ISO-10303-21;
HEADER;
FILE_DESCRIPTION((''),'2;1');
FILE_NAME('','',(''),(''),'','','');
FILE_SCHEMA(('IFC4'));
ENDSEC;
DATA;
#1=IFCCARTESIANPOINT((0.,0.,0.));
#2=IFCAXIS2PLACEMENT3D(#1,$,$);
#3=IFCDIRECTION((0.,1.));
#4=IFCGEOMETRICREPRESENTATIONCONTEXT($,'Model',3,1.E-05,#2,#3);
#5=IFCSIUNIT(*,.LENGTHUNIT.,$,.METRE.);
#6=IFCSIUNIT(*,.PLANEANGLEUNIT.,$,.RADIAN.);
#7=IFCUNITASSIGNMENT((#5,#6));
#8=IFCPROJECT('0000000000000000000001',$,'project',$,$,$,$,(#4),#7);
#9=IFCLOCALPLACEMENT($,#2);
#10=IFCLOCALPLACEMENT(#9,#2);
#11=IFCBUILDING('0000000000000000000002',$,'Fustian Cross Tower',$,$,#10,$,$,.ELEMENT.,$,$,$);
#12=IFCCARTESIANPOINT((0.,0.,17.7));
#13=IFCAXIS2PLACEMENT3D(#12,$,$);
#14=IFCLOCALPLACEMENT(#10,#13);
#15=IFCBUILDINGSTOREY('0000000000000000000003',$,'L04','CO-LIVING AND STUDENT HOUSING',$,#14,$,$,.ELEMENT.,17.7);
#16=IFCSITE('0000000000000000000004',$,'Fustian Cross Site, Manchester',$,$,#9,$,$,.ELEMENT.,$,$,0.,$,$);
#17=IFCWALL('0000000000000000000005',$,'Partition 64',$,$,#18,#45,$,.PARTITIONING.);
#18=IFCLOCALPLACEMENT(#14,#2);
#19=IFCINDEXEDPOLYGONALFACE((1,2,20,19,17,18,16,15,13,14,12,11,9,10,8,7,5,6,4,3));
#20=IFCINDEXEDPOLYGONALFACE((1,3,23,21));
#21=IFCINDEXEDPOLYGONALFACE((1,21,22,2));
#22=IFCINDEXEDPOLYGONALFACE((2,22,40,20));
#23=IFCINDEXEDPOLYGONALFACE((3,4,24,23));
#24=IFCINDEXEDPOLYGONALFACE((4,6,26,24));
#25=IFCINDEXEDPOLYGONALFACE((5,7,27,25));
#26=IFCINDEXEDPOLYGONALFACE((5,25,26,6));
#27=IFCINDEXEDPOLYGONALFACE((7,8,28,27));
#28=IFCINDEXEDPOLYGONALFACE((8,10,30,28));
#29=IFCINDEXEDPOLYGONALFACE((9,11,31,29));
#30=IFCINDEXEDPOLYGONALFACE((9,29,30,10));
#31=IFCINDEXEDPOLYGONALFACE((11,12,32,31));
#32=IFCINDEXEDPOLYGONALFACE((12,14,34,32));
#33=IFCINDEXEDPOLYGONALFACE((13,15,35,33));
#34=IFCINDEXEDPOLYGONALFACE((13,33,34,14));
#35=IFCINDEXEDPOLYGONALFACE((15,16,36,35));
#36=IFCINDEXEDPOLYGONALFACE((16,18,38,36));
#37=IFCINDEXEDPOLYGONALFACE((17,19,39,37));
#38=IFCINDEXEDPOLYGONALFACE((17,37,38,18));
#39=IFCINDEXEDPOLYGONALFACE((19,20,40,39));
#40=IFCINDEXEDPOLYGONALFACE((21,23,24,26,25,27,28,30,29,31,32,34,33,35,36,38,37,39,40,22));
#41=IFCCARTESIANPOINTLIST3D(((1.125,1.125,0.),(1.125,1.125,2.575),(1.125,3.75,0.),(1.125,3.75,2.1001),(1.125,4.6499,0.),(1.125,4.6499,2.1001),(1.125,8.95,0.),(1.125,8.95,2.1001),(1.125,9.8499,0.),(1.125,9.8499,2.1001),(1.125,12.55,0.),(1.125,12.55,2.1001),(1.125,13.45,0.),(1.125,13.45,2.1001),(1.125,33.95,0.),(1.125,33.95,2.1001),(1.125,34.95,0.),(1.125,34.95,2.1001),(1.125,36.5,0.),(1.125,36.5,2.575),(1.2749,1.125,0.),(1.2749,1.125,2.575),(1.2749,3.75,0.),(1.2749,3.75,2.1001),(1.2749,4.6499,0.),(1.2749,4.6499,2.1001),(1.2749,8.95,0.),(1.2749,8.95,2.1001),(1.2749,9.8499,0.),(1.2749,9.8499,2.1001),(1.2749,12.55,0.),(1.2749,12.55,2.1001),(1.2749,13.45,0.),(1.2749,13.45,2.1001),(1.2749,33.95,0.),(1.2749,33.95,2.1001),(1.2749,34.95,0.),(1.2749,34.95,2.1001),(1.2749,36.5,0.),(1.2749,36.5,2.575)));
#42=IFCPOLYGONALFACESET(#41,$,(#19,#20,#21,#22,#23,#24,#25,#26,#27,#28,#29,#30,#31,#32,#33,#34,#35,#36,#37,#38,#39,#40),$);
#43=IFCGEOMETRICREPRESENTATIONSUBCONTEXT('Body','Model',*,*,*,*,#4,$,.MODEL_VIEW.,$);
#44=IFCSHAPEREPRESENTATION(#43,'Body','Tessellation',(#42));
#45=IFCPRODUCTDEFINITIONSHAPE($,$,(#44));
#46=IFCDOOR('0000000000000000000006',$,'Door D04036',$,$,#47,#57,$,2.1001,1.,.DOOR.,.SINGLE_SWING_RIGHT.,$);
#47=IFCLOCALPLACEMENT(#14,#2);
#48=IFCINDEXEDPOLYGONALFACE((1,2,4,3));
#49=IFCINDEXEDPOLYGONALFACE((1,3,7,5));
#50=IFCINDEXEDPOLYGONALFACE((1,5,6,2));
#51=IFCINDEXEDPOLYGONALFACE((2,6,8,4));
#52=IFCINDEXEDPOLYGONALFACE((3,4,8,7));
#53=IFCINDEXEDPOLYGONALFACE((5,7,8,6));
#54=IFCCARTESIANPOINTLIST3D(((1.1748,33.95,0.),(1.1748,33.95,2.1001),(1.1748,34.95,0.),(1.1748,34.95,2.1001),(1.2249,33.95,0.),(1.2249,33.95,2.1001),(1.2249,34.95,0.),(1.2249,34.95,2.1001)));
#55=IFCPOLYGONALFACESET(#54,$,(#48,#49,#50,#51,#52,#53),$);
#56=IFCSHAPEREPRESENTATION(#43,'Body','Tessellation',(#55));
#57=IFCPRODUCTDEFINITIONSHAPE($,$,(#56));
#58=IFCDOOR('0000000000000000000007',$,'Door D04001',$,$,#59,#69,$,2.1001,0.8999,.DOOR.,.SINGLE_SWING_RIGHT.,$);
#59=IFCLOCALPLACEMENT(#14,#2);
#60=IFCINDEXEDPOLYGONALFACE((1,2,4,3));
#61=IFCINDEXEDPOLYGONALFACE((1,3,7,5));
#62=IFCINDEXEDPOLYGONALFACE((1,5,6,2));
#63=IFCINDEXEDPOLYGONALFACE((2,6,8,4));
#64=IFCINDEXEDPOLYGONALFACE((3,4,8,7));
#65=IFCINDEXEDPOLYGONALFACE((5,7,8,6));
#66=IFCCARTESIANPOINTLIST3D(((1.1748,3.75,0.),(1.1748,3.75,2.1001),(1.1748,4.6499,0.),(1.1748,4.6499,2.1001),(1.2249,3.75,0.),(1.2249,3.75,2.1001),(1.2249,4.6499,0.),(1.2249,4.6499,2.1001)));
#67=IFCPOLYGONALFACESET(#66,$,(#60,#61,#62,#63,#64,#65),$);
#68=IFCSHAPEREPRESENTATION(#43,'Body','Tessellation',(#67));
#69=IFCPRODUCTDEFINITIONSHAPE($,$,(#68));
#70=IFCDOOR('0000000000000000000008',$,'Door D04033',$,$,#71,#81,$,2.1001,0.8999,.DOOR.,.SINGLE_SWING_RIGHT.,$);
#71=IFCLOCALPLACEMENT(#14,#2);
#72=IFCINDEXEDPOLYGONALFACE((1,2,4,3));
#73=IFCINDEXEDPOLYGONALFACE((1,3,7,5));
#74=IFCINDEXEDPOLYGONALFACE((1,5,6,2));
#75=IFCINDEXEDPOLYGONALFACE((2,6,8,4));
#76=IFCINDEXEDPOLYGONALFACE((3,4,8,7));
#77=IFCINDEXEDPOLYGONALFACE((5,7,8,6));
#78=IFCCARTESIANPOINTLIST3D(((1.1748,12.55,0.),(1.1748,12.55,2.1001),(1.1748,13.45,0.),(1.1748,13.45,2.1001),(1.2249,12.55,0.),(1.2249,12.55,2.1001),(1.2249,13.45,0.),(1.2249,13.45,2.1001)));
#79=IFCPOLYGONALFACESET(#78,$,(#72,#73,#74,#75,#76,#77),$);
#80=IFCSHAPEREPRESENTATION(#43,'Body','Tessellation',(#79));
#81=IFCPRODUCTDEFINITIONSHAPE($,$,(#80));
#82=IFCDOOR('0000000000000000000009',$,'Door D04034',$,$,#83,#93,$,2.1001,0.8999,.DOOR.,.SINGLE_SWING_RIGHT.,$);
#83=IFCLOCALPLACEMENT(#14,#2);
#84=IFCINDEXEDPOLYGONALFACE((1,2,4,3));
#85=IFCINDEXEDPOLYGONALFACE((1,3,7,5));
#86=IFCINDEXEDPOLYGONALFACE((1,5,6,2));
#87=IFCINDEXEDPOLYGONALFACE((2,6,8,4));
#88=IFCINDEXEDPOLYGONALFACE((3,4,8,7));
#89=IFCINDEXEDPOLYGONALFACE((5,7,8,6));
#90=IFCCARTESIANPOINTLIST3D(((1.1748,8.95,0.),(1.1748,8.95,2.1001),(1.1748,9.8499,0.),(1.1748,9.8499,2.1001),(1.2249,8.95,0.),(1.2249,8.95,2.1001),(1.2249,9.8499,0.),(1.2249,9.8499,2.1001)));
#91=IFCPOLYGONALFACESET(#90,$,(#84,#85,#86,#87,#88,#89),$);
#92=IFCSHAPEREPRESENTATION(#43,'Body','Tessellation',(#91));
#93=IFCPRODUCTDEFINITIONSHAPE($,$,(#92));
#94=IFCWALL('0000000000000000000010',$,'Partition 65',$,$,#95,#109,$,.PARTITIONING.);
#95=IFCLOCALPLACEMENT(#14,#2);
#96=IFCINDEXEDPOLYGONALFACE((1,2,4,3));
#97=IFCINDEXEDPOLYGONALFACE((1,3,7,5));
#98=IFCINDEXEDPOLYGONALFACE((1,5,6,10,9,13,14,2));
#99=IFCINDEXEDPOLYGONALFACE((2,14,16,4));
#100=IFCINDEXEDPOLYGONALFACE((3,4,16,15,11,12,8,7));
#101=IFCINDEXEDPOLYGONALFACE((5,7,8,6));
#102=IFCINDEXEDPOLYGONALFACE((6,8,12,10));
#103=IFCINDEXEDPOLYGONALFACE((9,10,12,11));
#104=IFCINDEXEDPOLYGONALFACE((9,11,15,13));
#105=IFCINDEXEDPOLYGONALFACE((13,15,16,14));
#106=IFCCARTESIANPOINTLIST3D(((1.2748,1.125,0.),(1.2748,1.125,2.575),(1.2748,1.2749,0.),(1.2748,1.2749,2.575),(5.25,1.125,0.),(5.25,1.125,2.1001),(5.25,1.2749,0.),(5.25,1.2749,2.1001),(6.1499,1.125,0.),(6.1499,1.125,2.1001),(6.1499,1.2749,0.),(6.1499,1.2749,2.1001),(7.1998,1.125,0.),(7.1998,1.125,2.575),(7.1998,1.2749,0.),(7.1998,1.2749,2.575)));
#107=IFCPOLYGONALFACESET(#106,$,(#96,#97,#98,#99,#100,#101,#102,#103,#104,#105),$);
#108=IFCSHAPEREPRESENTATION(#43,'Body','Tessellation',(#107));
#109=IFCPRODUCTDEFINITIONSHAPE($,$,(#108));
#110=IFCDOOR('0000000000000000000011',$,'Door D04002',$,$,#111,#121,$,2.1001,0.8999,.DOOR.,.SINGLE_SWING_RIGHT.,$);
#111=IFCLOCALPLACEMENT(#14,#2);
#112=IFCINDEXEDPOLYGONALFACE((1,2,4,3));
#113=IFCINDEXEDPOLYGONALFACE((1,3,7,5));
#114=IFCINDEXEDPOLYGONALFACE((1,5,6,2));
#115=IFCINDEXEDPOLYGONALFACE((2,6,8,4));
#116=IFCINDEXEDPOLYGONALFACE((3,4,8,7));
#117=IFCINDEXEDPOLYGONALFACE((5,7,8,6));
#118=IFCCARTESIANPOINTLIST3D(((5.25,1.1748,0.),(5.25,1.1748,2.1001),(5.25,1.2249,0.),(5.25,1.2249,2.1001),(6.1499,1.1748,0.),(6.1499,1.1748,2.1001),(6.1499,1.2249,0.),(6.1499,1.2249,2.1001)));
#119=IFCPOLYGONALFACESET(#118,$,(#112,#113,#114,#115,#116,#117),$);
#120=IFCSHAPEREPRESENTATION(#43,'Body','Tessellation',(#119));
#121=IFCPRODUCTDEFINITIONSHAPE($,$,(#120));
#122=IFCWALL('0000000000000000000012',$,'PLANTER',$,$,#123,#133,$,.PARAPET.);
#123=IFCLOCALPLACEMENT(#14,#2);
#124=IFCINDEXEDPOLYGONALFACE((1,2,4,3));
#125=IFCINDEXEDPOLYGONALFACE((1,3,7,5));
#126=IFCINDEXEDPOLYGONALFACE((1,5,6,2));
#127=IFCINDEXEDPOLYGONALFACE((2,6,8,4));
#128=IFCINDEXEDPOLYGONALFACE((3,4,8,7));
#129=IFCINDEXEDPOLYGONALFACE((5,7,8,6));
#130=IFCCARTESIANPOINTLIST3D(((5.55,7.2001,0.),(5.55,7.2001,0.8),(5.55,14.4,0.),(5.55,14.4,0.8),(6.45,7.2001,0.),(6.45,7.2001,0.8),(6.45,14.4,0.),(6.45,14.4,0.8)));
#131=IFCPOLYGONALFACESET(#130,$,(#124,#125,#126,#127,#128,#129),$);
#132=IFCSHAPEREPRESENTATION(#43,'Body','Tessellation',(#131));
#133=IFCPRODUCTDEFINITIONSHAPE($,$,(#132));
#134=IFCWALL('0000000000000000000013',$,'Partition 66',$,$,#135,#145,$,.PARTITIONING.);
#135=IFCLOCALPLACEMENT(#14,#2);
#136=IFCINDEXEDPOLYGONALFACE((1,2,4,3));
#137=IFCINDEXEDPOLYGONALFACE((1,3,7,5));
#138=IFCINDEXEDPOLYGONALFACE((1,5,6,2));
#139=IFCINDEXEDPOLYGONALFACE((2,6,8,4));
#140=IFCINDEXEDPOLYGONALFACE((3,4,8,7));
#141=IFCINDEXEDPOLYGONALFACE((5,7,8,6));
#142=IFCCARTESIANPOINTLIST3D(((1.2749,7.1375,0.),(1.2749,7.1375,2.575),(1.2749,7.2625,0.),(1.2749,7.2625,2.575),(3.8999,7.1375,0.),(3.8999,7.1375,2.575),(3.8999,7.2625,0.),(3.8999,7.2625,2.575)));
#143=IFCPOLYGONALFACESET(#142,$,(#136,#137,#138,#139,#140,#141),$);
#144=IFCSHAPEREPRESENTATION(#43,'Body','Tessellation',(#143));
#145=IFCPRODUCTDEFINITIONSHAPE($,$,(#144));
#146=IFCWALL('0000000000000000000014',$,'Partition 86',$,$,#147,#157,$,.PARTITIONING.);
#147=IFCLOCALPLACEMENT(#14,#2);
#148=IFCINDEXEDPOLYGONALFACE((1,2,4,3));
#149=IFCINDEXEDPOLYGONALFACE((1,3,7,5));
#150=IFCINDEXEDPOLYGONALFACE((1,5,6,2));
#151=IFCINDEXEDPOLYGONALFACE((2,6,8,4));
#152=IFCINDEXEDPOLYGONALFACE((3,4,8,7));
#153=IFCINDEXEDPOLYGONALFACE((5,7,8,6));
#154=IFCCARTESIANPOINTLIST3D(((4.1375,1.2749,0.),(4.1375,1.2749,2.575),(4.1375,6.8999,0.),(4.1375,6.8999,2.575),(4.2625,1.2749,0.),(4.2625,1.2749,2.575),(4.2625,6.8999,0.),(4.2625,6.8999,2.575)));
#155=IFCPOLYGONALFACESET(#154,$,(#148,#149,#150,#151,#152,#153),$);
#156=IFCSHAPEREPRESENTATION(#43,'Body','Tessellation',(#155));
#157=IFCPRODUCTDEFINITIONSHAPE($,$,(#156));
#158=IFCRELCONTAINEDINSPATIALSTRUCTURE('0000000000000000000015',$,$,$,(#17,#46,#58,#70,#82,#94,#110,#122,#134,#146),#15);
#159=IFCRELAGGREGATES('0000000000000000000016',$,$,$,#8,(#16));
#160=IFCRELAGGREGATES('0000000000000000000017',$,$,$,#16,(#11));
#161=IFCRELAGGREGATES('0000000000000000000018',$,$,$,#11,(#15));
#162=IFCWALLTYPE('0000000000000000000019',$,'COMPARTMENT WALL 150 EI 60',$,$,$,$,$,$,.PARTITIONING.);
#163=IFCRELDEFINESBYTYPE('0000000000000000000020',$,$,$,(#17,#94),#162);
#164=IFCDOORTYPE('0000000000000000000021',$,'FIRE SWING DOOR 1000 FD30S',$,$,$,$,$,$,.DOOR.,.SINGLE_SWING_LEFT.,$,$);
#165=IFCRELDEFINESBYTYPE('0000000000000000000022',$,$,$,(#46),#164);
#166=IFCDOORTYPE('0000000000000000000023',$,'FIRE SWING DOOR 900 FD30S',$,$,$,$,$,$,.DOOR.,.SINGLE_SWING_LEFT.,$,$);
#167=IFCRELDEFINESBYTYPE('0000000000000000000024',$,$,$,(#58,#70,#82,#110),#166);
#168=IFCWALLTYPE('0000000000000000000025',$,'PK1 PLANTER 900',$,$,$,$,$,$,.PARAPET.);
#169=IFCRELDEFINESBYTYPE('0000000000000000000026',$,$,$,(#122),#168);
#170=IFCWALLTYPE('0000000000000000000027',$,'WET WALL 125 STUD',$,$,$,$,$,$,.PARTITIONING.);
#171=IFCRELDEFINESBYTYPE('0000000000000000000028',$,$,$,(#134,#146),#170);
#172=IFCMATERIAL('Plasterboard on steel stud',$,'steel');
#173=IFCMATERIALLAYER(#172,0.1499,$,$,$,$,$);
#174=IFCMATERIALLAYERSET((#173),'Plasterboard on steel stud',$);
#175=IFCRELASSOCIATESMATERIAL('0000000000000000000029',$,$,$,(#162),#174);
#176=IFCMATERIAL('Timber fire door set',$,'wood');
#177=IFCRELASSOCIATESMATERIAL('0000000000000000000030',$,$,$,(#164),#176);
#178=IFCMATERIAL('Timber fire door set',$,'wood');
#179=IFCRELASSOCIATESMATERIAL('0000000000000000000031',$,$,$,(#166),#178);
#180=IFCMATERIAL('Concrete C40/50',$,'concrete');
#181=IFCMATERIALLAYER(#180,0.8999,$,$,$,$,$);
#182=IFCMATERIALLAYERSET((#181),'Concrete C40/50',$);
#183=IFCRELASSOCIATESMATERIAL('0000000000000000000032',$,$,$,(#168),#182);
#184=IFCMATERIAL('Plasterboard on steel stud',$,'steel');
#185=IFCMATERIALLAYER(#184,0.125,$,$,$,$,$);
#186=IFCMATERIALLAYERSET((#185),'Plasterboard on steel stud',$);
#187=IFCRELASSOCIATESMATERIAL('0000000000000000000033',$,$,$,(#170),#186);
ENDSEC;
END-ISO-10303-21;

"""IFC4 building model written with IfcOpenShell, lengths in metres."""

from ifc_helpers import new_model, si_unit, direction, frame, frame_2d, origin, place, context, subcontext, project, spatial, rectangle, extrude, material, layer, layer_set, type_object, element, fill, save


model = new_model("IFC4")

# Units and contexts
model_context = context("Model", 3, precision=1e-05, world=origin(), true_north=direction((0.0, 1.0)))
body_context = subcontext(model_context, "Body", "Model", "MODEL_VIEW")
ifc_project = project(units=[si_unit("LENGTHUNIT", "METRE"), si_unit("PLANEANGLEUNIT", "RADIAN")], contexts=[model_context])

# Site, building, storey
site_placement = place(None, origin())
site = spatial("IfcSite", under=ifc_project, at=site_placement, Name="Fustian Cross Site, Manchester", CompositionType="ELEMENT", RefElevation=0.0)
building_placement = place(site_placement, origin())
building = spatial("IfcBuilding", under=site, at=building_placement, Name="Fustian Cross Tower", CompositionType="ELEMENT")
storey_placement = place(building_placement, frame((0.0, 0.0, 17.7)))
storey = spatial("IfcBuildingStorey", under=building, at=storey_placement, Name="L04", Description="CO-LIVING AND STUDENT HOUSING", CompositionType="ELEMENT", Elevation=17.7)

# Wall, openings, doors
ifc_material_1 = material(Name="Plasterboard on steel stud", Category="steel")
ifc_layer_1 = layer(ifc_material_1, 0.1499)
ifc_layer_set_1 = layer_set([ifc_layer_1], Name="Plasterboard on steel stud")
wall_type_1 = type_object("IfcWallType", Name="COMPARTMENT WALL 150 EI 60", PredefinedType="PARTITIONING", material=ifc_layer_set_1)
wall_1_placement = place(storey_placement, frame((1.2, 1.125, 0.0), z_axis=(0.0, 0.0, 1.0), x_axis=(0.0, 1.0, 0.0)))
wall_1 = element("IfcWall", 1, at=wall_1_placement, inside=storey, type_object=wall_type_1, Name="Partition 64", PredefinedType="PARTITIONING", context=body_context, shape_type="SweptSolid", body=[
    extrude(rectangle(XDim=35.375, YDim=0.1499, at=frame_2d((17.6875, 0.0))), origin(), (0.0, 0.0, 1.0), 2.575),
])
opening_1_placement = place(wall_1_placement, frame((2.625, 0.0, 0.0)))
opening_1 = element("IfcOpeningElement", 2, at=opening_1_placement, cuts=wall_1, PredefinedType="OPENING", context=body_context, shape_type="SweptSolid", body=[
    extrude(rectangle(XDim=0.8999, YDim=2.1001, at=frame_2d((0.45, 1.05))), frame((0.0, 0.085, 0.0), z_axis=(0.0, -1.0, 0.0), x_axis=(1.0, 0.0, 0.0)), (0.0, 0.0, 1.0), 0.1699),
])
opening_2_placement = place(wall_1_placement, frame((11.425, 0.0, 0.0)))
opening_2 = element("IfcOpeningElement", 3, at=opening_2_placement, cuts=wall_1, PredefinedType="OPENING", context=body_context, shape_type="SweptSolid", body=[
    extrude(rectangle(XDim=0.8999, YDim=2.1001, at=frame_2d((0.45, 1.05))), frame((0.0, 0.085, 0.0), z_axis=(0.0, -1.0, 0.0), x_axis=(1.0, 0.0, 0.0)), (0.0, 0.0, 1.0), 0.1699),
])
opening_3_placement = place(wall_1_placement, frame((7.825, 0.0, 0.0)))
opening_3 = element("IfcOpeningElement", 4, at=opening_3_placement, cuts=wall_1, PredefinedType="OPENING", context=body_context, shape_type="SweptSolid", body=[
    extrude(rectangle(XDim=0.8999, YDim=2.1001, at=frame_2d((0.45, 1.05))), frame((0.0, 0.085, 0.0), z_axis=(0.0, -1.0, 0.0), x_axis=(1.0, 0.0, 0.0)), (0.0, 0.0, 1.0), 0.1699),
])
opening_4_placement = place(wall_1_placement, frame((32.825, 0.0, 0.0)))
opening_4 = element("IfcOpeningElement", 5, at=opening_4_placement, cuts=wall_1, PredefinedType="OPENING", context=body_context, shape_type="SweptSolid", body=[
    extrude(rectangle(XDim=1.0, YDim=2.1001, at=frame_2d((0.5, 1.05))), frame((0.0, 0.085, 0.0), z_axis=(0.0, -1.0, 0.0), x_axis=(1.0, 0.0, 0.0)), (0.0, 0.0, 1.0), 0.1699),
])
ifc_material_2 = material(Name="Timber fire door set", Category="wood")
door_type_1 = type_object("IfcDoorType", Name="FIRE SWING DOOR 1000 FD30S", OperationType="SINGLE_SWING_LEFT", PredefinedType="DOOR", material=ifc_material_2)
door_1_placement = place(opening_4_placement, frame((1.0, 0.0, 0.0), z_axis=(0.0, 0.0, 1.0), x_axis=(-1.0, 0.0, 0.0)))
door_1 = element("IfcDoor", 6, at=door_1_placement, inside=storey, type_object=door_type_1, Name="Door D04036", OperationType="SINGLE_SWING_RIGHT", OverallHeight=2.1001, OverallWidth=1.0, PredefinedType="DOOR", context=body_context, shape_type="SweptSolid", body=[
    extrude(rectangle(XDim=1.0, YDim=2.1001, at=frame_2d((0.5, 1.05))), frame((0.0, 0.0249, 0.0), z_axis=(0.0, -1.0, 0.0), x_axis=(1.0, 0.0, 0.0)), (0.0, 0.0, 1.0), 0.05),
])
fill(opening_4, door_1)
ifc_material_3 = material(Name="Timber fire door set", Category="wood")
door_type_2 = type_object("IfcDoorType", Name="FIRE SWING DOOR 900 FD30S", OperationType="SINGLE_SWING_LEFT", PredefinedType="DOOR", material=ifc_material_3)
door_2_placement = place(opening_1_placement, frame((0.8999, 0.0, 0.0), z_axis=(0.0, 0.0, 1.0), x_axis=(-1.0, 0.0, 0.0)))
door_2 = element("IfcDoor", 7, at=door_2_placement, inside=storey, type_object=door_type_2, Name="Door D04001", OperationType="SINGLE_SWING_RIGHT", OverallHeight=2.1001, OverallWidth=0.8999, PredefinedType="DOOR", context=body_context, shape_type="SweptSolid", body=[
    extrude(rectangle(XDim=0.8999, YDim=2.1001, at=frame_2d((0.45, 1.05))), frame((0.0, 0.0249, 0.0), z_axis=(0.0, -1.0, 0.0), x_axis=(1.0, 0.0, 0.0)), (0.0, 0.0, 1.0), 0.05),
])
fill(opening_1, door_2)
door_3_placement = place(opening_2_placement, frame((0.8999, 0.0, 0.0), z_axis=(0.0, 0.0, 1.0), x_axis=(-1.0, 0.0, 0.0)))
door_3 = element("IfcDoor", 8, at=door_3_placement, inside=storey, type_object=door_type_2, Name="Door D04033", OperationType="SINGLE_SWING_RIGHT", OverallHeight=2.1001, OverallWidth=0.8999, PredefinedType="DOOR", context=body_context, shape_type="SweptSolid", body=[
    extrude(rectangle(XDim=0.8999, YDim=2.1001, at=frame_2d((0.45, 1.05))), frame((0.0, 0.0249, 0.0), z_axis=(0.0, -1.0, 0.0), x_axis=(1.0, 0.0, 0.0)), (0.0, 0.0, 1.0), 0.05),
])
fill(opening_2, door_3)
door_4_placement = place(opening_3_placement, frame((0.8999, 0.0, 0.0), z_axis=(0.0, 0.0, 1.0), x_axis=(-1.0, 0.0, 0.0)))
door_4 = element("IfcDoor", 9, at=door_4_placement, inside=storey, type_object=door_type_2, Name="Door D04034", OperationType="SINGLE_SWING_RIGHT", OverallHeight=2.1001, OverallWidth=0.8999, PredefinedType="DOOR", context=body_context, shape_type="SweptSolid", body=[
    extrude(rectangle(XDim=0.8999, YDim=2.1001, at=frame_2d((0.45, 1.05))), frame((0.0, 0.0249, 0.0), z_axis=(0.0, -1.0, 0.0), x_axis=(1.0, 0.0, 0.0)), (0.0, 0.0, 1.0), 0.05),
])
fill(opening_3, door_4)

# Wall, opening, door
wall_2_placement = place(storey_placement, frame((1.2749, 1.2, 0.0), z_axis=(0.0, 0.0, 1.0), x_axis=(1.0, 0.0, 0.0)))
wall_2 = element("IfcWall", 10, at=wall_2_placement, inside=storey, type_object=wall_type_1, Name="Partition 65", PredefinedType="PARTITIONING", context=body_context, shape_type="SweptSolid", body=[
    extrude(rectangle(XDim=5.925, YDim=0.1499, at=frame_2d((2.9624, 0.0))), origin(), (0.0, 0.0, 1.0), 2.575),
])
opening_5_placement = place(wall_2_placement, frame((3.9751, 0.0, 0.0)))
opening_5 = element("IfcOpeningElement", 11, at=opening_5_placement, cuts=wall_2, PredefinedType="OPENING", context=body_context, shape_type="SweptSolid", body=[
    extrude(rectangle(XDim=0.8999, YDim=2.1001, at=frame_2d((0.45, 1.05))), frame((0.0, 0.085, 0.0), z_axis=(0.0, -1.0, 0.0), x_axis=(1.0, 0.0, 0.0)), (0.0, 0.0, 1.0), 0.1699),
])
door_5_placement = place(opening_5_placement, origin())
door_5 = element("IfcDoor", 12, at=door_5_placement, inside=storey, type_object=door_type_2, Name="Door D04002", OperationType="SINGLE_SWING_RIGHT", OverallHeight=2.1001, OverallWidth=0.8999, PredefinedType="DOOR", context=body_context, shape_type="SweptSolid", body=[
    extrude(rectangle(XDim=0.8999, YDim=2.1001, at=frame_2d((0.45, 1.05))), frame((0.0, 0.0249, 0.0), z_axis=(0.0, -1.0, 0.0), x_axis=(1.0, 0.0, 0.0)), (0.0, 0.0, 1.0), 0.05),
])
fill(opening_5, door_5)

# Walls
ifc_material_4 = material(Name="Concrete C40/50", Category="concrete")
ifc_layer_2 = layer(ifc_material_4, 0.8999)
ifc_layer_set_2 = layer_set([ifc_layer_2], Name="Concrete C40/50")
wall_type_2 = type_object("IfcWallType", Name="PK1 PLANTER 900", PredefinedType="PARAPET", material=ifc_layer_set_2)
wall_3_placement = place(storey_placement, frame((6.0, 7.2, 0.0), z_axis=(0.0, 0.0, 1.0), x_axis=(0.0, 1.0, 0.0)))
element("IfcWall", 13, at=wall_3_placement, inside=storey, type_object=wall_type_2, Name="PLANTER", PredefinedType="PARAPET", context=body_context, shape_type="SweptSolid", body=[
    extrude(rectangle(XDim=7.2, YDim=0.8999, at=frame_2d((3.6001, 0.0))), origin(), (0.0, 0.0, 1.0), 0.8),
])
ifc_material_5 = material(Name="Plasterboard on steel stud", Category="steel")
ifc_layer_3 = layer(ifc_material_5, 0.125)
ifc_layer_set_3 = layer_set([ifc_layer_3], Name="Plasterboard on steel stud")
wall_type_3 = type_object("IfcWallType", Name="WET WALL 125 STUD", PredefinedType="PARTITIONING", material=ifc_layer_set_3)
wall_4_placement = place(storey_placement, frame((1.2749, 7.2, 0.0), z_axis=(0.0, 0.0, 1.0), x_axis=(1.0, 0.0, 0.0)))
element("IfcWall", 14, at=wall_4_placement, inside=storey, type_object=wall_type_3, Name="Partition 66", PredefinedType="PARTITIONING", context=body_context, shape_type="SweptSolid", body=[
    extrude(rectangle(XDim=2.625, YDim=0.125, at=frame_2d((1.3125, 0.0))), origin(), (0.0, 0.0, 1.0), 2.575),
])
wall_5_placement = place(storey_placement, frame((4.2, 1.2749, 0.0), z_axis=(0.0, 0.0, 1.0), x_axis=(0.0, 1.0, 0.0)))
element("IfcWall", 15, at=wall_5_placement, inside=storey, type_object=wall_type_3, Name="Partition 86", PredefinedType="PARTITIONING", context=body_context, shape_type="SweptSolid", body=[
    extrude(rectangle(XDim=5.625, YDim=0.125, at=frame_2d((2.8125, 0.0))), origin(), (0.0, 0.0, 1.0), 2.575),
])

save(model, "model.ifc")
